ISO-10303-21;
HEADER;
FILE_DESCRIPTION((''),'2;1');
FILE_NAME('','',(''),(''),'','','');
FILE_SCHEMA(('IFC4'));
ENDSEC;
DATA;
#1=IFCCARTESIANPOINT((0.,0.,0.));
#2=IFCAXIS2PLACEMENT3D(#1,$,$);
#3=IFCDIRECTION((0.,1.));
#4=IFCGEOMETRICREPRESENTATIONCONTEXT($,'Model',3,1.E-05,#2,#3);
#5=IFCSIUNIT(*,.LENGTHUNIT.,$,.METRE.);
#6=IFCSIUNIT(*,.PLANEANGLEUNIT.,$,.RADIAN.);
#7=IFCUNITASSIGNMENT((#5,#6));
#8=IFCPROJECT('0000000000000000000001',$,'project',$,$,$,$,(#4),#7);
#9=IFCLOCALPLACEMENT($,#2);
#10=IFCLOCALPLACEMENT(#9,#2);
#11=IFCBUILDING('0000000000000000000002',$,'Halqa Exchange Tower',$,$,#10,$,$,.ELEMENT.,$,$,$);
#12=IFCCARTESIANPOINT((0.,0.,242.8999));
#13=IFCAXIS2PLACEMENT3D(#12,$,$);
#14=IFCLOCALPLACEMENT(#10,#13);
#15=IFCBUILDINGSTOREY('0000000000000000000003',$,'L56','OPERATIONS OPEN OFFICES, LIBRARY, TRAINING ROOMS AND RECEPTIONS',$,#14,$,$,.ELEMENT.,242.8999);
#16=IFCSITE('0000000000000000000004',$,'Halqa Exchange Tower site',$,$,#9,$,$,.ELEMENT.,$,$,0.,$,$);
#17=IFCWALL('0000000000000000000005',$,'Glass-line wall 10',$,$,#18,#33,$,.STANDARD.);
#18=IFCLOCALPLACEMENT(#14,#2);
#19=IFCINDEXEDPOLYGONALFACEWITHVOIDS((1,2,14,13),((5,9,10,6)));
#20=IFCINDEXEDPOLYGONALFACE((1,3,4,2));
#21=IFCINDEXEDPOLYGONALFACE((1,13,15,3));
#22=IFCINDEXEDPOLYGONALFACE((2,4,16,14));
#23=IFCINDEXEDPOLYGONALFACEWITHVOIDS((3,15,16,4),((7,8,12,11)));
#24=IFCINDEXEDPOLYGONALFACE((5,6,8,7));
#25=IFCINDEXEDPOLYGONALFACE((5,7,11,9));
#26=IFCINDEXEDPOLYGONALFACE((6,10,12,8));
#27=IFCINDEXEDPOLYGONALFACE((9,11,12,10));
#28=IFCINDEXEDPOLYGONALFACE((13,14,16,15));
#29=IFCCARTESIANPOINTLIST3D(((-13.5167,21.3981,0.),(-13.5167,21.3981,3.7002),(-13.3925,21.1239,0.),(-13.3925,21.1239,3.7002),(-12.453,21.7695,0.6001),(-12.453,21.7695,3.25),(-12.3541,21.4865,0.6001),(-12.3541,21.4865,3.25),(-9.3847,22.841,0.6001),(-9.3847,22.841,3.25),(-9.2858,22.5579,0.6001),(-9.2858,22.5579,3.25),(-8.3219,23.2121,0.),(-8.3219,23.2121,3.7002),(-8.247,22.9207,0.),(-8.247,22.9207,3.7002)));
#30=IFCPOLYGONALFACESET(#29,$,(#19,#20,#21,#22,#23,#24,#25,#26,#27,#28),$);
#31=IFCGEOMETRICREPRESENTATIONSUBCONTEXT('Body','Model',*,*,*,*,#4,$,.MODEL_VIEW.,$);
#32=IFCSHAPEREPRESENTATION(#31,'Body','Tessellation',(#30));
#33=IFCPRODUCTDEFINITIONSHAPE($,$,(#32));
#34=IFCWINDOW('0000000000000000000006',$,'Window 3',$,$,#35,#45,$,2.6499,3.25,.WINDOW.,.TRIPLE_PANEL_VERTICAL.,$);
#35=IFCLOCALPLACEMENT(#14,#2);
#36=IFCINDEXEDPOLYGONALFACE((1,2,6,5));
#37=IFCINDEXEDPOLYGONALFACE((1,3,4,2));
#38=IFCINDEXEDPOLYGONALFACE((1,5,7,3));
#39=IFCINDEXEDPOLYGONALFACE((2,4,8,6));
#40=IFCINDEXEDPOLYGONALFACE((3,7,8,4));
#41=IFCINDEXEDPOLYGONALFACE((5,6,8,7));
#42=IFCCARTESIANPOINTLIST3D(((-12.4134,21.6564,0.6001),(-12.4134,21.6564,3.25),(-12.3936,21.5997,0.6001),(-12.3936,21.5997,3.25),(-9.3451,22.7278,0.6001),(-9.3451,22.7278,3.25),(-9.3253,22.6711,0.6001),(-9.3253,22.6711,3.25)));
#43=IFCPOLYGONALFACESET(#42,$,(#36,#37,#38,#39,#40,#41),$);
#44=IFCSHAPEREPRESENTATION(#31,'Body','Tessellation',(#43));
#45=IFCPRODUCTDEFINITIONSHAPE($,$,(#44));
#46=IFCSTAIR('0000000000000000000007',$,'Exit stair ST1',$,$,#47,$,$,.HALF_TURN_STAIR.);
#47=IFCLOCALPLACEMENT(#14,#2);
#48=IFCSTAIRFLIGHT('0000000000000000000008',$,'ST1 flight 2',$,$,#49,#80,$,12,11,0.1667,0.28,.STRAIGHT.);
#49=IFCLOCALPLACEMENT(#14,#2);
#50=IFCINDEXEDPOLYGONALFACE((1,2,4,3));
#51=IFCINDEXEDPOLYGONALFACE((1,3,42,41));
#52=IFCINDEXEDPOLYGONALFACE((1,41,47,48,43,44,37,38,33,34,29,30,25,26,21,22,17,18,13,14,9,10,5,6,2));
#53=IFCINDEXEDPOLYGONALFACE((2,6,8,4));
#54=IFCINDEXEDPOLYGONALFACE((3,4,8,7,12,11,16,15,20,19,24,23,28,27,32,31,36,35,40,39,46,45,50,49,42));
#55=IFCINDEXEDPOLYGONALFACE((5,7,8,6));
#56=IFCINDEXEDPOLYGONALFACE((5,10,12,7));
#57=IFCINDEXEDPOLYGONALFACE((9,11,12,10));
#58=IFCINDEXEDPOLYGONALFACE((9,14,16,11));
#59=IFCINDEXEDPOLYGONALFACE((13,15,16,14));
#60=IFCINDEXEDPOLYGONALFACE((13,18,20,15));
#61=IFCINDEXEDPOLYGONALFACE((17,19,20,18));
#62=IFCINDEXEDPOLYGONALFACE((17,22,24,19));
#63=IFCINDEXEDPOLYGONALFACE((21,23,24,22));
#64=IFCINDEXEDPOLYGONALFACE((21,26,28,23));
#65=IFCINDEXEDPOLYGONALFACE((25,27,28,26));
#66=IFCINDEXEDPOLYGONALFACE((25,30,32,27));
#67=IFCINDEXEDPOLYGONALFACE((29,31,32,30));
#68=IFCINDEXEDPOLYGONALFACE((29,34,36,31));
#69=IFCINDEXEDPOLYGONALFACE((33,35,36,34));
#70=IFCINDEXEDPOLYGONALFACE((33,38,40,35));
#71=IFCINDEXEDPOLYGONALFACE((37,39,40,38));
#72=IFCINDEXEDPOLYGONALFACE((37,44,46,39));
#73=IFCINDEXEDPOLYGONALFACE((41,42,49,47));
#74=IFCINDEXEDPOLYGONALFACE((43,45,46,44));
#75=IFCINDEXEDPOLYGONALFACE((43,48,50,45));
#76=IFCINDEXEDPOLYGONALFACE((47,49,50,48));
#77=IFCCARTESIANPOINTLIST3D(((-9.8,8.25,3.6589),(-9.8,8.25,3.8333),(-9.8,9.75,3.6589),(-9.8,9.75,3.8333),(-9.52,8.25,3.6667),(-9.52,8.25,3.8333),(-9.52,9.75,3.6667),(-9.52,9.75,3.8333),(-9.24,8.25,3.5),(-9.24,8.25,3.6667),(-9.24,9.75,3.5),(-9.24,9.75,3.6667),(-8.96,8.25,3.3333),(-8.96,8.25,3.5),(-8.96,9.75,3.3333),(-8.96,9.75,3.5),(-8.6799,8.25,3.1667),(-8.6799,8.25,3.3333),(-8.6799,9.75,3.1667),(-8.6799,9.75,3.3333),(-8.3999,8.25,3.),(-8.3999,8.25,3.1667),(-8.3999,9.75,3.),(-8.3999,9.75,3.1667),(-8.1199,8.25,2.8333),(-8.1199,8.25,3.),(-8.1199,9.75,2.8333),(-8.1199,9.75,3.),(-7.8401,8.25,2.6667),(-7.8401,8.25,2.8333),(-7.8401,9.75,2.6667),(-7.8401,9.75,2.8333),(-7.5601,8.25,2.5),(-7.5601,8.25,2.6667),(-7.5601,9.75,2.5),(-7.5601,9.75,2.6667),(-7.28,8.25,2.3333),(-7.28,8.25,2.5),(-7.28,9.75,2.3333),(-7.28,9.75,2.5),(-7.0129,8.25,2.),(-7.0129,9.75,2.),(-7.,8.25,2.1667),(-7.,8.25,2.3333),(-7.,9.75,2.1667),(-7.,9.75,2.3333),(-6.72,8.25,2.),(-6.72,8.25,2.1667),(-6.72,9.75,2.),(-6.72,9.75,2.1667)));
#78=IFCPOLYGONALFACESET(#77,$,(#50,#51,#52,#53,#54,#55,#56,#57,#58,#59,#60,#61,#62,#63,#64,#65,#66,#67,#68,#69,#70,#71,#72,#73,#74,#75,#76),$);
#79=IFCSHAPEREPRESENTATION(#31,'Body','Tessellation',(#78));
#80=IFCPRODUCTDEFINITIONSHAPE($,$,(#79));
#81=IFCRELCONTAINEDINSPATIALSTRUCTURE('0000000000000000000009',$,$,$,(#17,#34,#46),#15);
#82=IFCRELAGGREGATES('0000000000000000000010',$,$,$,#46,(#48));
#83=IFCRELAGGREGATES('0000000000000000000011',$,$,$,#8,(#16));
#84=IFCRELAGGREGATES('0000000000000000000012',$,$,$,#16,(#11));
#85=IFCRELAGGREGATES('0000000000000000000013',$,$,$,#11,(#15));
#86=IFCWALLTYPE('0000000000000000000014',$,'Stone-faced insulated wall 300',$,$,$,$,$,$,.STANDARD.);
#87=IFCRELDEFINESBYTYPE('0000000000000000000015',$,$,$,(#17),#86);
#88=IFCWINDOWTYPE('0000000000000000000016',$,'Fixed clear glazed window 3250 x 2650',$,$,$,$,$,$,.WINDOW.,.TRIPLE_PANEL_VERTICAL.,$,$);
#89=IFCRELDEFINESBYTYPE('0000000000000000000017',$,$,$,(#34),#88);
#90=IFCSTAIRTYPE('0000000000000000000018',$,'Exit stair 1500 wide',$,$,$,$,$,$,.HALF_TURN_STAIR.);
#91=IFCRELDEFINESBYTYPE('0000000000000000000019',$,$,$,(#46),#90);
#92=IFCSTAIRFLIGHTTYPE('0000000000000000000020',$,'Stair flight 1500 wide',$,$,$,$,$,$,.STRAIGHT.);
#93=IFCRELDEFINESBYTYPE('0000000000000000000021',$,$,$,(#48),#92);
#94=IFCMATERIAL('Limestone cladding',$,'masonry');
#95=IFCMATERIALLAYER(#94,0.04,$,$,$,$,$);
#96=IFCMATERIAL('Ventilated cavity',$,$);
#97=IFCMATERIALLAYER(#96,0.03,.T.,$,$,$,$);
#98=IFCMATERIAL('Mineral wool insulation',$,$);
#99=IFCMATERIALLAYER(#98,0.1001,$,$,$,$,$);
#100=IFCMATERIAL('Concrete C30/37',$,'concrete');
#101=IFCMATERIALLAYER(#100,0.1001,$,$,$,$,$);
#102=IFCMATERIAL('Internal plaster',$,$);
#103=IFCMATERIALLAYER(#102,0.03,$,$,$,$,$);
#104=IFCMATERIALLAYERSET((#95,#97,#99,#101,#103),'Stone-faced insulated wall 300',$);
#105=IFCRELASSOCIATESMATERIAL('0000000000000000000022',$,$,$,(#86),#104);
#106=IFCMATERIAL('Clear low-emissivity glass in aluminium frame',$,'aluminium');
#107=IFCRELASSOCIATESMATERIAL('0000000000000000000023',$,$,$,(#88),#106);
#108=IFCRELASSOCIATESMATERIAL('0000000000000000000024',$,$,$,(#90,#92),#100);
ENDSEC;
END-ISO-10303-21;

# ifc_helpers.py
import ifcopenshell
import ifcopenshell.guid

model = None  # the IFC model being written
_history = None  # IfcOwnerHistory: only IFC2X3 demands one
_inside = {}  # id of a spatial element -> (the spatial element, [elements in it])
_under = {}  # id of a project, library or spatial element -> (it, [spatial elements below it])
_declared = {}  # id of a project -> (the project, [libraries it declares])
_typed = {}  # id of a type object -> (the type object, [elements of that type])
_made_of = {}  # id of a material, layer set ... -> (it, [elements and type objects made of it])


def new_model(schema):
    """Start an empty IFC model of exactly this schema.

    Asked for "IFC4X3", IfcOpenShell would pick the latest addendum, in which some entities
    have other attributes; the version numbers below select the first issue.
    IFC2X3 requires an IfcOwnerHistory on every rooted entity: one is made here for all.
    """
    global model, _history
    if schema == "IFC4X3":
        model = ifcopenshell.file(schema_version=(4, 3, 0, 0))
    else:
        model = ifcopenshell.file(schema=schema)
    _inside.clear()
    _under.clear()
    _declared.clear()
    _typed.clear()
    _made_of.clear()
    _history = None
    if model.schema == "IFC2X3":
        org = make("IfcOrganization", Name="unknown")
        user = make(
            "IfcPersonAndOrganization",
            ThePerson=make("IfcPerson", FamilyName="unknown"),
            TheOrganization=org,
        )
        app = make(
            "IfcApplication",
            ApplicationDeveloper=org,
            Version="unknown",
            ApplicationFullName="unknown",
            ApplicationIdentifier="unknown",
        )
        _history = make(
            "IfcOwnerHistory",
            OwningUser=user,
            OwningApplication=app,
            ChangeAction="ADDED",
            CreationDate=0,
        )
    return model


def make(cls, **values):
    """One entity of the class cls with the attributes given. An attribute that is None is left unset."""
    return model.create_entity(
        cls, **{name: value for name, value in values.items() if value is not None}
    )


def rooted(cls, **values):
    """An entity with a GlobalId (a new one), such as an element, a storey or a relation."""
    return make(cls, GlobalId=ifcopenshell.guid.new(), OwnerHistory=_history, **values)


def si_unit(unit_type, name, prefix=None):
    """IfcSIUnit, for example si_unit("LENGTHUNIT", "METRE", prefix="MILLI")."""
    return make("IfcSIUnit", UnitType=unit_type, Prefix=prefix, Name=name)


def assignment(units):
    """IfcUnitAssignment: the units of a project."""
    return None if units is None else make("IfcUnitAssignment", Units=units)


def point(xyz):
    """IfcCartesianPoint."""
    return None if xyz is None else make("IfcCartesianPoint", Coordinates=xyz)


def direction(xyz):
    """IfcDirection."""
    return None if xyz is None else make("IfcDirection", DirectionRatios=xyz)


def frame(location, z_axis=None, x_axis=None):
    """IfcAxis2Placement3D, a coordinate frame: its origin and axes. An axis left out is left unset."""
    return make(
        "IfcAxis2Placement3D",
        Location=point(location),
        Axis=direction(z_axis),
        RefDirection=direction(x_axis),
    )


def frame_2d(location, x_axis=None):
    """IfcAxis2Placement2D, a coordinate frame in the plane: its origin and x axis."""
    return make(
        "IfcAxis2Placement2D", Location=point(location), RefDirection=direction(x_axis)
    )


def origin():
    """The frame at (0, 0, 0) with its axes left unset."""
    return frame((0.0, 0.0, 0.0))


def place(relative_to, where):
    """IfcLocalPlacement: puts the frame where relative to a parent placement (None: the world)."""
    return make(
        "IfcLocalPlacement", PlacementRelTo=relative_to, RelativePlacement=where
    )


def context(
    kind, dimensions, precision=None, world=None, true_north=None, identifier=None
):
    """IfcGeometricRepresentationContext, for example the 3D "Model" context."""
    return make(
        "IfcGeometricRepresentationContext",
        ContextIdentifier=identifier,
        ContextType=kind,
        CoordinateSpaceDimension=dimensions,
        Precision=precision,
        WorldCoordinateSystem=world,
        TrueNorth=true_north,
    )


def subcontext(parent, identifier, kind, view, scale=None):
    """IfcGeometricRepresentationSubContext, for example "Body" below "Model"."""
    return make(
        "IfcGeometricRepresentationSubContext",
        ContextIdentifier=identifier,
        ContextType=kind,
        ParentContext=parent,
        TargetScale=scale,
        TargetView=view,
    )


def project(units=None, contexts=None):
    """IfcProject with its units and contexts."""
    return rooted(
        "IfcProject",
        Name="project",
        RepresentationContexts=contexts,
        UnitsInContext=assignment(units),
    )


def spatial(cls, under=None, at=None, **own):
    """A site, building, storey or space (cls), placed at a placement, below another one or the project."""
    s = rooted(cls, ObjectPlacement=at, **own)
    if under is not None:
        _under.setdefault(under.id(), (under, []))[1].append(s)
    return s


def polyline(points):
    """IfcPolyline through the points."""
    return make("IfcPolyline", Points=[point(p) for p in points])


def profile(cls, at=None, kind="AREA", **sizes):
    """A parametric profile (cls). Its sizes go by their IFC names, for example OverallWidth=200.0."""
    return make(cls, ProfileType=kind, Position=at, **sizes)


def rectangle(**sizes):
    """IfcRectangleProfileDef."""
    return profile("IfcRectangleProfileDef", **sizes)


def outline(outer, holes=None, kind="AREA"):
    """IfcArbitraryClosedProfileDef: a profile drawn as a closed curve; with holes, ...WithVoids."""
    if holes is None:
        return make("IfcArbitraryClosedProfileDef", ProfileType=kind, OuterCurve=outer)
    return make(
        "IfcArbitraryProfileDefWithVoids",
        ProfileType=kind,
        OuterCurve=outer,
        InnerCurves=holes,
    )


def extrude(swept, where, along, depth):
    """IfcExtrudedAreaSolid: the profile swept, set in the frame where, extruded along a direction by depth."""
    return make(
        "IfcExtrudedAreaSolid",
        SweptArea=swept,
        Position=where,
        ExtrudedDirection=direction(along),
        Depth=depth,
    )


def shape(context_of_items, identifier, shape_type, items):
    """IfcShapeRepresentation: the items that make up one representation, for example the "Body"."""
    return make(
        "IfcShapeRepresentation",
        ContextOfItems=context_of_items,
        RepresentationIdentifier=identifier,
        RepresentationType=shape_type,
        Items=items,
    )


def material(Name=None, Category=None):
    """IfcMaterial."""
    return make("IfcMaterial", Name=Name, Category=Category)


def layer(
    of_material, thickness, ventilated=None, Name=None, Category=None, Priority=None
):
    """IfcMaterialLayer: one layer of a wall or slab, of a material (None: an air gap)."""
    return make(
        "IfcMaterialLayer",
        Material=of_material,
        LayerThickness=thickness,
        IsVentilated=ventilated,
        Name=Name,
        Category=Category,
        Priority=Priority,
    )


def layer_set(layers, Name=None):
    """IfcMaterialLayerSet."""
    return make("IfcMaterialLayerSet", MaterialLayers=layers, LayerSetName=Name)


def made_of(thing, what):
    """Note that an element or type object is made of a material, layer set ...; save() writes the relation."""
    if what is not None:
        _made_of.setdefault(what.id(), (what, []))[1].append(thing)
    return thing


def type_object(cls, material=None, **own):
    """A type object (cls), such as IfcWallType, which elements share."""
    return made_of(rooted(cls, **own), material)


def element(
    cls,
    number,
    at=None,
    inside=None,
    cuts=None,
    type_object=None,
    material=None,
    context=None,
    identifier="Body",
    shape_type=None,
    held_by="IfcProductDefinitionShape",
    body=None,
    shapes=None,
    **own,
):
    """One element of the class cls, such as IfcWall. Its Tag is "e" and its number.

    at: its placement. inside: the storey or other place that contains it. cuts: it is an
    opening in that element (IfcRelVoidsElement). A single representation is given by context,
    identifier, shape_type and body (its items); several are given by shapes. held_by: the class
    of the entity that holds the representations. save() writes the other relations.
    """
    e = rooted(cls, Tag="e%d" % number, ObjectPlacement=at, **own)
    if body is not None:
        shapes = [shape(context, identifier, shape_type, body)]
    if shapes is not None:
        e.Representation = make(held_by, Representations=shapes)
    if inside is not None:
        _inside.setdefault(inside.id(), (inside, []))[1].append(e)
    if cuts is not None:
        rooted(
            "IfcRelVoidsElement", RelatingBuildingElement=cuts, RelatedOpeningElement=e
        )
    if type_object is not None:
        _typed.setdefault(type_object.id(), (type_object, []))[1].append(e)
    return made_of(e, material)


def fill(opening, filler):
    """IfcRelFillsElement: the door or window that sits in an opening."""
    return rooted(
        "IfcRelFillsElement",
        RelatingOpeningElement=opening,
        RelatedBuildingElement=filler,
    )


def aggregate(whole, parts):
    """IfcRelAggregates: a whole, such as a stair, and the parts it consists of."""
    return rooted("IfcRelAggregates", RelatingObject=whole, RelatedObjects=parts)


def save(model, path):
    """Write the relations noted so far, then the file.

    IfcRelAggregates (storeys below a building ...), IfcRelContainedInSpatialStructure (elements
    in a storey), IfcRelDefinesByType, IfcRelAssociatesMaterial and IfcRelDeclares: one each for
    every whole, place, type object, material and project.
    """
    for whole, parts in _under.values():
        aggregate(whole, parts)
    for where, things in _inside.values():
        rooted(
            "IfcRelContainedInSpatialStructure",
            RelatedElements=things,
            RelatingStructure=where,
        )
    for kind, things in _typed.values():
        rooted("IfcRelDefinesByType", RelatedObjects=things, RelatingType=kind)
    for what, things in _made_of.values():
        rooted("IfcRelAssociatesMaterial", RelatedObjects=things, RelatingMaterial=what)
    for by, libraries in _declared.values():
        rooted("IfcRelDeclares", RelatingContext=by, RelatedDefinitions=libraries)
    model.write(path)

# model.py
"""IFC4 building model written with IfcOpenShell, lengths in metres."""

from ifc_helpers import new_model, si_unit, direction, frame, frame_2d, origin, place, context, subcontext, project, spatial, polyline, rectangle, outline, extrude, material, layer, layer_set, type_object, element, fill, aggregate, save


model = new_model("IFC4")

# Units and contexts
model_context = context("Model", 3, precision=1e-05, world=origin(), true_north=direction((0.0, 1.0)))
body_context = subcontext(model_context, "Body", "Model", "MODEL_VIEW")
ifc_project = project(units=[si_unit("LENGTHUNIT", "METRE"), si_unit("PLANEANGLEUNIT", "RADIAN")], contexts=[model_context])

# Site, building, storey
site_placement = place(None, origin())
site = spatial("IfcSite", under=ifc_project, at=site_placement, Name="Halqa Exchange Tower site", CompositionType="ELEMENT", RefElevation=0.0)
building_placement = place(site_placement, origin())
building = spatial("IfcBuilding", under=site, at=building_placement, Name="Halqa Exchange Tower", CompositionType="ELEMENT")
storey_placement = place(building_placement, frame((0.0, 0.0, 242.8999)))
storey = spatial("IfcBuildingStorey", under=building, at=storey_placement, Name="L56", Description="OPERATIONS OPEN OFFICES, LIBRARY, TRAINING ROOMS AND RECEPTIONS", CompositionType="ELEMENT", Elevation=242.8999)

# Shared definitions
ifc_material_1 = material(Name="Concrete C30/37", Category="concrete")

# Wall, opening, window
ifc_material_2 = material(Name="Limestone cladding", Category="masonry")
ifc_layer_1 = layer(ifc_material_2, 0.04)
ifc_material_3 = material(Name="Ventilated cavity")
ifc_layer_2 = layer(ifc_material_3, 0.03, ventilated=True)
ifc_material_4 = material(Name="Mineral wool insulation")
ifc_layer_3 = layer(ifc_material_4, 0.1001)
ifc_layer_4 = layer(ifc_material_1, 0.1001)
ifc_material_5 = material(Name="Internal plaster")
ifc_layer_5 = layer(ifc_material_5, 0.03)
ifc_layer_set_1 = layer_set([ifc_layer_1, ifc_layer_2, ifc_layer_3, ifc_layer_4, ifc_layer_5], Name="Stone-faced insulated wall 300")
wall_type_1 = type_object("IfcWallType", Name="Stone-faced insulated wall 300", PredefinedType="STANDARD", material=ifc_layer_set_1)
ifc_material_6 = material(Name="Clear low-emissivity glass in aluminium frame", Category="aluminium")
window_type = type_object("IfcWindowType", Name="Fixed clear glazed window 3250 x 2650", PartitioningType="TRIPLE_PANEL_VERTICAL", PredefinedType="WINDOW", material=ifc_material_6)
wall_1_placement = place(storey_placement, frame((-8.2844, 23.0664, 0.0), z_axis=(0.0, 0.0, 1.0), x_axis=(-0.944094, -0.329677, 0.0)))
wall_1 = element("IfcWall", 1, at=wall_1_placement, inside=storey, type_object=wall_type_1, Name="Glass-line wall 10", PredefinedType="STANDARD", context=body_context, shape_type="SweptSolid", body=[
    extrude(outline(polyline([(-0.0127, -0.1499), (5.4897, -0.1499), (5.4629, 0.1499), (0.0127, 0.1499), (-0.0127, -0.1499)])), origin(), (0.0, 0.0, 1.0), 3.7002),
])
opening_1_placement = place(wall_1_placement, frame((1.113, 0.0, 0.6001)))
opening_1 = element("IfcOpeningElement", 2, at=opening_1_placement, cuts=wall_1, PredefinedType="OPENING", context=body_context, shape_type="SweptSolid", body=[
    extrude(rectangle(XDim=3.25, YDim=2.6499, at=frame_2d((1.625, 1.325))), frame((0.0, 0.1621, 0.0), z_axis=(0.0, -1.0, 0.0), x_axis=(1.0, 0.0, 0.0)), (0.0, 0.0, 1.0), 0.324),
])
window_1_placement = place(opening_1_placement, origin())
window_1 = element("IfcWindow", 3, at=window_1_placement, inside=storey, type_object=window_type, Name="Window 3", OverallHeight=2.6499, OverallWidth=3.25, PartitioningType="TRIPLE_PANEL_VERTICAL", PredefinedType="WINDOW", context=body_context, shape_type="SweptSolid", body=[
    extrude(rectangle(XDim=3.25, YDim=2.6499, at=frame_2d((1.625, 1.325))), frame((0.0, 0.03, 0.0), z_axis=(0.0, -1.0, 0.0), x_axis=(1.0, 0.0, 0.0)), (0.0, 0.0, 1.0), 0.0601),
])
fill(opening_1, window_1)

# Stair, stair flight
stair_type = type_object("IfcStairType", Name="Exit stair 1500 wide", PredefinedType="HALF_TURN_STAIR", material=ifc_material_1)
stair_placement = place(storey_placement, origin())
stair = element("IfcStair", 4, at=stair_placement, inside=storey, type_object=stair_type, Name="Exit stair ST1", PredefinedType="HALF_TURN_STAIR")
stair_flight_type = type_object("IfcStairFlightType", Name="Stair flight 1500 wide", PredefinedType="STRAIGHT", material=ifc_material_1)
stair_flight_placement = place(storey_placement, frame((-6.72, 9.0, 2.0), z_axis=(0.0, 0.0, 1.0), x_axis=(-1.0, 0.0, 0.0)))
stair_flight = element("IfcStairFlight", 5, at=stair_flight_placement, type_object=stair_flight_type, Name="ST1 flight 2", NumberOfRisers=12, NumberOfTreads=11, PredefinedType="STRAIGHT", RiserHeight=0.1667, TreadLength=0.28, context=body_context, shape_type="SweptSolid", body=[
    extrude(outline(polyline([(0.0, 0.0), (0.0, 0.1667), (0.28, 0.1667), (0.28, 0.3333), (0.5601, 0.3333), (0.5601, 0.5), (0.8401, 0.5), (0.8401, 0.6667), (1.1201, 0.6667), (1.1201, 0.8333), (1.3999, 0.8333), (1.3999, 1.0), (1.6799, 1.0), (1.6799, 1.1667), (1.96, 1.1667), (1.96, 1.3333), (2.24, 1.3333), (2.24, 1.5), (2.52, 1.5), (2.52, 1.6667), (2.8, 1.6667), (2.8, 1.8333), (3.0801, 1.8333), (3.0801, 2.0), (3.0801, 1.6589), (0.293, 0.0), (0.0, 0.0)])), frame((0.0, 0.75, 0.0), z_axis=(0.0, -1.0, 0.0), x_axis=(1.0, 0.0, 0.0)), (0.0, 0.0, 1.0), 1.5),
])
aggregate(stair, [stair_flight])

save(model, "model.ifc")
